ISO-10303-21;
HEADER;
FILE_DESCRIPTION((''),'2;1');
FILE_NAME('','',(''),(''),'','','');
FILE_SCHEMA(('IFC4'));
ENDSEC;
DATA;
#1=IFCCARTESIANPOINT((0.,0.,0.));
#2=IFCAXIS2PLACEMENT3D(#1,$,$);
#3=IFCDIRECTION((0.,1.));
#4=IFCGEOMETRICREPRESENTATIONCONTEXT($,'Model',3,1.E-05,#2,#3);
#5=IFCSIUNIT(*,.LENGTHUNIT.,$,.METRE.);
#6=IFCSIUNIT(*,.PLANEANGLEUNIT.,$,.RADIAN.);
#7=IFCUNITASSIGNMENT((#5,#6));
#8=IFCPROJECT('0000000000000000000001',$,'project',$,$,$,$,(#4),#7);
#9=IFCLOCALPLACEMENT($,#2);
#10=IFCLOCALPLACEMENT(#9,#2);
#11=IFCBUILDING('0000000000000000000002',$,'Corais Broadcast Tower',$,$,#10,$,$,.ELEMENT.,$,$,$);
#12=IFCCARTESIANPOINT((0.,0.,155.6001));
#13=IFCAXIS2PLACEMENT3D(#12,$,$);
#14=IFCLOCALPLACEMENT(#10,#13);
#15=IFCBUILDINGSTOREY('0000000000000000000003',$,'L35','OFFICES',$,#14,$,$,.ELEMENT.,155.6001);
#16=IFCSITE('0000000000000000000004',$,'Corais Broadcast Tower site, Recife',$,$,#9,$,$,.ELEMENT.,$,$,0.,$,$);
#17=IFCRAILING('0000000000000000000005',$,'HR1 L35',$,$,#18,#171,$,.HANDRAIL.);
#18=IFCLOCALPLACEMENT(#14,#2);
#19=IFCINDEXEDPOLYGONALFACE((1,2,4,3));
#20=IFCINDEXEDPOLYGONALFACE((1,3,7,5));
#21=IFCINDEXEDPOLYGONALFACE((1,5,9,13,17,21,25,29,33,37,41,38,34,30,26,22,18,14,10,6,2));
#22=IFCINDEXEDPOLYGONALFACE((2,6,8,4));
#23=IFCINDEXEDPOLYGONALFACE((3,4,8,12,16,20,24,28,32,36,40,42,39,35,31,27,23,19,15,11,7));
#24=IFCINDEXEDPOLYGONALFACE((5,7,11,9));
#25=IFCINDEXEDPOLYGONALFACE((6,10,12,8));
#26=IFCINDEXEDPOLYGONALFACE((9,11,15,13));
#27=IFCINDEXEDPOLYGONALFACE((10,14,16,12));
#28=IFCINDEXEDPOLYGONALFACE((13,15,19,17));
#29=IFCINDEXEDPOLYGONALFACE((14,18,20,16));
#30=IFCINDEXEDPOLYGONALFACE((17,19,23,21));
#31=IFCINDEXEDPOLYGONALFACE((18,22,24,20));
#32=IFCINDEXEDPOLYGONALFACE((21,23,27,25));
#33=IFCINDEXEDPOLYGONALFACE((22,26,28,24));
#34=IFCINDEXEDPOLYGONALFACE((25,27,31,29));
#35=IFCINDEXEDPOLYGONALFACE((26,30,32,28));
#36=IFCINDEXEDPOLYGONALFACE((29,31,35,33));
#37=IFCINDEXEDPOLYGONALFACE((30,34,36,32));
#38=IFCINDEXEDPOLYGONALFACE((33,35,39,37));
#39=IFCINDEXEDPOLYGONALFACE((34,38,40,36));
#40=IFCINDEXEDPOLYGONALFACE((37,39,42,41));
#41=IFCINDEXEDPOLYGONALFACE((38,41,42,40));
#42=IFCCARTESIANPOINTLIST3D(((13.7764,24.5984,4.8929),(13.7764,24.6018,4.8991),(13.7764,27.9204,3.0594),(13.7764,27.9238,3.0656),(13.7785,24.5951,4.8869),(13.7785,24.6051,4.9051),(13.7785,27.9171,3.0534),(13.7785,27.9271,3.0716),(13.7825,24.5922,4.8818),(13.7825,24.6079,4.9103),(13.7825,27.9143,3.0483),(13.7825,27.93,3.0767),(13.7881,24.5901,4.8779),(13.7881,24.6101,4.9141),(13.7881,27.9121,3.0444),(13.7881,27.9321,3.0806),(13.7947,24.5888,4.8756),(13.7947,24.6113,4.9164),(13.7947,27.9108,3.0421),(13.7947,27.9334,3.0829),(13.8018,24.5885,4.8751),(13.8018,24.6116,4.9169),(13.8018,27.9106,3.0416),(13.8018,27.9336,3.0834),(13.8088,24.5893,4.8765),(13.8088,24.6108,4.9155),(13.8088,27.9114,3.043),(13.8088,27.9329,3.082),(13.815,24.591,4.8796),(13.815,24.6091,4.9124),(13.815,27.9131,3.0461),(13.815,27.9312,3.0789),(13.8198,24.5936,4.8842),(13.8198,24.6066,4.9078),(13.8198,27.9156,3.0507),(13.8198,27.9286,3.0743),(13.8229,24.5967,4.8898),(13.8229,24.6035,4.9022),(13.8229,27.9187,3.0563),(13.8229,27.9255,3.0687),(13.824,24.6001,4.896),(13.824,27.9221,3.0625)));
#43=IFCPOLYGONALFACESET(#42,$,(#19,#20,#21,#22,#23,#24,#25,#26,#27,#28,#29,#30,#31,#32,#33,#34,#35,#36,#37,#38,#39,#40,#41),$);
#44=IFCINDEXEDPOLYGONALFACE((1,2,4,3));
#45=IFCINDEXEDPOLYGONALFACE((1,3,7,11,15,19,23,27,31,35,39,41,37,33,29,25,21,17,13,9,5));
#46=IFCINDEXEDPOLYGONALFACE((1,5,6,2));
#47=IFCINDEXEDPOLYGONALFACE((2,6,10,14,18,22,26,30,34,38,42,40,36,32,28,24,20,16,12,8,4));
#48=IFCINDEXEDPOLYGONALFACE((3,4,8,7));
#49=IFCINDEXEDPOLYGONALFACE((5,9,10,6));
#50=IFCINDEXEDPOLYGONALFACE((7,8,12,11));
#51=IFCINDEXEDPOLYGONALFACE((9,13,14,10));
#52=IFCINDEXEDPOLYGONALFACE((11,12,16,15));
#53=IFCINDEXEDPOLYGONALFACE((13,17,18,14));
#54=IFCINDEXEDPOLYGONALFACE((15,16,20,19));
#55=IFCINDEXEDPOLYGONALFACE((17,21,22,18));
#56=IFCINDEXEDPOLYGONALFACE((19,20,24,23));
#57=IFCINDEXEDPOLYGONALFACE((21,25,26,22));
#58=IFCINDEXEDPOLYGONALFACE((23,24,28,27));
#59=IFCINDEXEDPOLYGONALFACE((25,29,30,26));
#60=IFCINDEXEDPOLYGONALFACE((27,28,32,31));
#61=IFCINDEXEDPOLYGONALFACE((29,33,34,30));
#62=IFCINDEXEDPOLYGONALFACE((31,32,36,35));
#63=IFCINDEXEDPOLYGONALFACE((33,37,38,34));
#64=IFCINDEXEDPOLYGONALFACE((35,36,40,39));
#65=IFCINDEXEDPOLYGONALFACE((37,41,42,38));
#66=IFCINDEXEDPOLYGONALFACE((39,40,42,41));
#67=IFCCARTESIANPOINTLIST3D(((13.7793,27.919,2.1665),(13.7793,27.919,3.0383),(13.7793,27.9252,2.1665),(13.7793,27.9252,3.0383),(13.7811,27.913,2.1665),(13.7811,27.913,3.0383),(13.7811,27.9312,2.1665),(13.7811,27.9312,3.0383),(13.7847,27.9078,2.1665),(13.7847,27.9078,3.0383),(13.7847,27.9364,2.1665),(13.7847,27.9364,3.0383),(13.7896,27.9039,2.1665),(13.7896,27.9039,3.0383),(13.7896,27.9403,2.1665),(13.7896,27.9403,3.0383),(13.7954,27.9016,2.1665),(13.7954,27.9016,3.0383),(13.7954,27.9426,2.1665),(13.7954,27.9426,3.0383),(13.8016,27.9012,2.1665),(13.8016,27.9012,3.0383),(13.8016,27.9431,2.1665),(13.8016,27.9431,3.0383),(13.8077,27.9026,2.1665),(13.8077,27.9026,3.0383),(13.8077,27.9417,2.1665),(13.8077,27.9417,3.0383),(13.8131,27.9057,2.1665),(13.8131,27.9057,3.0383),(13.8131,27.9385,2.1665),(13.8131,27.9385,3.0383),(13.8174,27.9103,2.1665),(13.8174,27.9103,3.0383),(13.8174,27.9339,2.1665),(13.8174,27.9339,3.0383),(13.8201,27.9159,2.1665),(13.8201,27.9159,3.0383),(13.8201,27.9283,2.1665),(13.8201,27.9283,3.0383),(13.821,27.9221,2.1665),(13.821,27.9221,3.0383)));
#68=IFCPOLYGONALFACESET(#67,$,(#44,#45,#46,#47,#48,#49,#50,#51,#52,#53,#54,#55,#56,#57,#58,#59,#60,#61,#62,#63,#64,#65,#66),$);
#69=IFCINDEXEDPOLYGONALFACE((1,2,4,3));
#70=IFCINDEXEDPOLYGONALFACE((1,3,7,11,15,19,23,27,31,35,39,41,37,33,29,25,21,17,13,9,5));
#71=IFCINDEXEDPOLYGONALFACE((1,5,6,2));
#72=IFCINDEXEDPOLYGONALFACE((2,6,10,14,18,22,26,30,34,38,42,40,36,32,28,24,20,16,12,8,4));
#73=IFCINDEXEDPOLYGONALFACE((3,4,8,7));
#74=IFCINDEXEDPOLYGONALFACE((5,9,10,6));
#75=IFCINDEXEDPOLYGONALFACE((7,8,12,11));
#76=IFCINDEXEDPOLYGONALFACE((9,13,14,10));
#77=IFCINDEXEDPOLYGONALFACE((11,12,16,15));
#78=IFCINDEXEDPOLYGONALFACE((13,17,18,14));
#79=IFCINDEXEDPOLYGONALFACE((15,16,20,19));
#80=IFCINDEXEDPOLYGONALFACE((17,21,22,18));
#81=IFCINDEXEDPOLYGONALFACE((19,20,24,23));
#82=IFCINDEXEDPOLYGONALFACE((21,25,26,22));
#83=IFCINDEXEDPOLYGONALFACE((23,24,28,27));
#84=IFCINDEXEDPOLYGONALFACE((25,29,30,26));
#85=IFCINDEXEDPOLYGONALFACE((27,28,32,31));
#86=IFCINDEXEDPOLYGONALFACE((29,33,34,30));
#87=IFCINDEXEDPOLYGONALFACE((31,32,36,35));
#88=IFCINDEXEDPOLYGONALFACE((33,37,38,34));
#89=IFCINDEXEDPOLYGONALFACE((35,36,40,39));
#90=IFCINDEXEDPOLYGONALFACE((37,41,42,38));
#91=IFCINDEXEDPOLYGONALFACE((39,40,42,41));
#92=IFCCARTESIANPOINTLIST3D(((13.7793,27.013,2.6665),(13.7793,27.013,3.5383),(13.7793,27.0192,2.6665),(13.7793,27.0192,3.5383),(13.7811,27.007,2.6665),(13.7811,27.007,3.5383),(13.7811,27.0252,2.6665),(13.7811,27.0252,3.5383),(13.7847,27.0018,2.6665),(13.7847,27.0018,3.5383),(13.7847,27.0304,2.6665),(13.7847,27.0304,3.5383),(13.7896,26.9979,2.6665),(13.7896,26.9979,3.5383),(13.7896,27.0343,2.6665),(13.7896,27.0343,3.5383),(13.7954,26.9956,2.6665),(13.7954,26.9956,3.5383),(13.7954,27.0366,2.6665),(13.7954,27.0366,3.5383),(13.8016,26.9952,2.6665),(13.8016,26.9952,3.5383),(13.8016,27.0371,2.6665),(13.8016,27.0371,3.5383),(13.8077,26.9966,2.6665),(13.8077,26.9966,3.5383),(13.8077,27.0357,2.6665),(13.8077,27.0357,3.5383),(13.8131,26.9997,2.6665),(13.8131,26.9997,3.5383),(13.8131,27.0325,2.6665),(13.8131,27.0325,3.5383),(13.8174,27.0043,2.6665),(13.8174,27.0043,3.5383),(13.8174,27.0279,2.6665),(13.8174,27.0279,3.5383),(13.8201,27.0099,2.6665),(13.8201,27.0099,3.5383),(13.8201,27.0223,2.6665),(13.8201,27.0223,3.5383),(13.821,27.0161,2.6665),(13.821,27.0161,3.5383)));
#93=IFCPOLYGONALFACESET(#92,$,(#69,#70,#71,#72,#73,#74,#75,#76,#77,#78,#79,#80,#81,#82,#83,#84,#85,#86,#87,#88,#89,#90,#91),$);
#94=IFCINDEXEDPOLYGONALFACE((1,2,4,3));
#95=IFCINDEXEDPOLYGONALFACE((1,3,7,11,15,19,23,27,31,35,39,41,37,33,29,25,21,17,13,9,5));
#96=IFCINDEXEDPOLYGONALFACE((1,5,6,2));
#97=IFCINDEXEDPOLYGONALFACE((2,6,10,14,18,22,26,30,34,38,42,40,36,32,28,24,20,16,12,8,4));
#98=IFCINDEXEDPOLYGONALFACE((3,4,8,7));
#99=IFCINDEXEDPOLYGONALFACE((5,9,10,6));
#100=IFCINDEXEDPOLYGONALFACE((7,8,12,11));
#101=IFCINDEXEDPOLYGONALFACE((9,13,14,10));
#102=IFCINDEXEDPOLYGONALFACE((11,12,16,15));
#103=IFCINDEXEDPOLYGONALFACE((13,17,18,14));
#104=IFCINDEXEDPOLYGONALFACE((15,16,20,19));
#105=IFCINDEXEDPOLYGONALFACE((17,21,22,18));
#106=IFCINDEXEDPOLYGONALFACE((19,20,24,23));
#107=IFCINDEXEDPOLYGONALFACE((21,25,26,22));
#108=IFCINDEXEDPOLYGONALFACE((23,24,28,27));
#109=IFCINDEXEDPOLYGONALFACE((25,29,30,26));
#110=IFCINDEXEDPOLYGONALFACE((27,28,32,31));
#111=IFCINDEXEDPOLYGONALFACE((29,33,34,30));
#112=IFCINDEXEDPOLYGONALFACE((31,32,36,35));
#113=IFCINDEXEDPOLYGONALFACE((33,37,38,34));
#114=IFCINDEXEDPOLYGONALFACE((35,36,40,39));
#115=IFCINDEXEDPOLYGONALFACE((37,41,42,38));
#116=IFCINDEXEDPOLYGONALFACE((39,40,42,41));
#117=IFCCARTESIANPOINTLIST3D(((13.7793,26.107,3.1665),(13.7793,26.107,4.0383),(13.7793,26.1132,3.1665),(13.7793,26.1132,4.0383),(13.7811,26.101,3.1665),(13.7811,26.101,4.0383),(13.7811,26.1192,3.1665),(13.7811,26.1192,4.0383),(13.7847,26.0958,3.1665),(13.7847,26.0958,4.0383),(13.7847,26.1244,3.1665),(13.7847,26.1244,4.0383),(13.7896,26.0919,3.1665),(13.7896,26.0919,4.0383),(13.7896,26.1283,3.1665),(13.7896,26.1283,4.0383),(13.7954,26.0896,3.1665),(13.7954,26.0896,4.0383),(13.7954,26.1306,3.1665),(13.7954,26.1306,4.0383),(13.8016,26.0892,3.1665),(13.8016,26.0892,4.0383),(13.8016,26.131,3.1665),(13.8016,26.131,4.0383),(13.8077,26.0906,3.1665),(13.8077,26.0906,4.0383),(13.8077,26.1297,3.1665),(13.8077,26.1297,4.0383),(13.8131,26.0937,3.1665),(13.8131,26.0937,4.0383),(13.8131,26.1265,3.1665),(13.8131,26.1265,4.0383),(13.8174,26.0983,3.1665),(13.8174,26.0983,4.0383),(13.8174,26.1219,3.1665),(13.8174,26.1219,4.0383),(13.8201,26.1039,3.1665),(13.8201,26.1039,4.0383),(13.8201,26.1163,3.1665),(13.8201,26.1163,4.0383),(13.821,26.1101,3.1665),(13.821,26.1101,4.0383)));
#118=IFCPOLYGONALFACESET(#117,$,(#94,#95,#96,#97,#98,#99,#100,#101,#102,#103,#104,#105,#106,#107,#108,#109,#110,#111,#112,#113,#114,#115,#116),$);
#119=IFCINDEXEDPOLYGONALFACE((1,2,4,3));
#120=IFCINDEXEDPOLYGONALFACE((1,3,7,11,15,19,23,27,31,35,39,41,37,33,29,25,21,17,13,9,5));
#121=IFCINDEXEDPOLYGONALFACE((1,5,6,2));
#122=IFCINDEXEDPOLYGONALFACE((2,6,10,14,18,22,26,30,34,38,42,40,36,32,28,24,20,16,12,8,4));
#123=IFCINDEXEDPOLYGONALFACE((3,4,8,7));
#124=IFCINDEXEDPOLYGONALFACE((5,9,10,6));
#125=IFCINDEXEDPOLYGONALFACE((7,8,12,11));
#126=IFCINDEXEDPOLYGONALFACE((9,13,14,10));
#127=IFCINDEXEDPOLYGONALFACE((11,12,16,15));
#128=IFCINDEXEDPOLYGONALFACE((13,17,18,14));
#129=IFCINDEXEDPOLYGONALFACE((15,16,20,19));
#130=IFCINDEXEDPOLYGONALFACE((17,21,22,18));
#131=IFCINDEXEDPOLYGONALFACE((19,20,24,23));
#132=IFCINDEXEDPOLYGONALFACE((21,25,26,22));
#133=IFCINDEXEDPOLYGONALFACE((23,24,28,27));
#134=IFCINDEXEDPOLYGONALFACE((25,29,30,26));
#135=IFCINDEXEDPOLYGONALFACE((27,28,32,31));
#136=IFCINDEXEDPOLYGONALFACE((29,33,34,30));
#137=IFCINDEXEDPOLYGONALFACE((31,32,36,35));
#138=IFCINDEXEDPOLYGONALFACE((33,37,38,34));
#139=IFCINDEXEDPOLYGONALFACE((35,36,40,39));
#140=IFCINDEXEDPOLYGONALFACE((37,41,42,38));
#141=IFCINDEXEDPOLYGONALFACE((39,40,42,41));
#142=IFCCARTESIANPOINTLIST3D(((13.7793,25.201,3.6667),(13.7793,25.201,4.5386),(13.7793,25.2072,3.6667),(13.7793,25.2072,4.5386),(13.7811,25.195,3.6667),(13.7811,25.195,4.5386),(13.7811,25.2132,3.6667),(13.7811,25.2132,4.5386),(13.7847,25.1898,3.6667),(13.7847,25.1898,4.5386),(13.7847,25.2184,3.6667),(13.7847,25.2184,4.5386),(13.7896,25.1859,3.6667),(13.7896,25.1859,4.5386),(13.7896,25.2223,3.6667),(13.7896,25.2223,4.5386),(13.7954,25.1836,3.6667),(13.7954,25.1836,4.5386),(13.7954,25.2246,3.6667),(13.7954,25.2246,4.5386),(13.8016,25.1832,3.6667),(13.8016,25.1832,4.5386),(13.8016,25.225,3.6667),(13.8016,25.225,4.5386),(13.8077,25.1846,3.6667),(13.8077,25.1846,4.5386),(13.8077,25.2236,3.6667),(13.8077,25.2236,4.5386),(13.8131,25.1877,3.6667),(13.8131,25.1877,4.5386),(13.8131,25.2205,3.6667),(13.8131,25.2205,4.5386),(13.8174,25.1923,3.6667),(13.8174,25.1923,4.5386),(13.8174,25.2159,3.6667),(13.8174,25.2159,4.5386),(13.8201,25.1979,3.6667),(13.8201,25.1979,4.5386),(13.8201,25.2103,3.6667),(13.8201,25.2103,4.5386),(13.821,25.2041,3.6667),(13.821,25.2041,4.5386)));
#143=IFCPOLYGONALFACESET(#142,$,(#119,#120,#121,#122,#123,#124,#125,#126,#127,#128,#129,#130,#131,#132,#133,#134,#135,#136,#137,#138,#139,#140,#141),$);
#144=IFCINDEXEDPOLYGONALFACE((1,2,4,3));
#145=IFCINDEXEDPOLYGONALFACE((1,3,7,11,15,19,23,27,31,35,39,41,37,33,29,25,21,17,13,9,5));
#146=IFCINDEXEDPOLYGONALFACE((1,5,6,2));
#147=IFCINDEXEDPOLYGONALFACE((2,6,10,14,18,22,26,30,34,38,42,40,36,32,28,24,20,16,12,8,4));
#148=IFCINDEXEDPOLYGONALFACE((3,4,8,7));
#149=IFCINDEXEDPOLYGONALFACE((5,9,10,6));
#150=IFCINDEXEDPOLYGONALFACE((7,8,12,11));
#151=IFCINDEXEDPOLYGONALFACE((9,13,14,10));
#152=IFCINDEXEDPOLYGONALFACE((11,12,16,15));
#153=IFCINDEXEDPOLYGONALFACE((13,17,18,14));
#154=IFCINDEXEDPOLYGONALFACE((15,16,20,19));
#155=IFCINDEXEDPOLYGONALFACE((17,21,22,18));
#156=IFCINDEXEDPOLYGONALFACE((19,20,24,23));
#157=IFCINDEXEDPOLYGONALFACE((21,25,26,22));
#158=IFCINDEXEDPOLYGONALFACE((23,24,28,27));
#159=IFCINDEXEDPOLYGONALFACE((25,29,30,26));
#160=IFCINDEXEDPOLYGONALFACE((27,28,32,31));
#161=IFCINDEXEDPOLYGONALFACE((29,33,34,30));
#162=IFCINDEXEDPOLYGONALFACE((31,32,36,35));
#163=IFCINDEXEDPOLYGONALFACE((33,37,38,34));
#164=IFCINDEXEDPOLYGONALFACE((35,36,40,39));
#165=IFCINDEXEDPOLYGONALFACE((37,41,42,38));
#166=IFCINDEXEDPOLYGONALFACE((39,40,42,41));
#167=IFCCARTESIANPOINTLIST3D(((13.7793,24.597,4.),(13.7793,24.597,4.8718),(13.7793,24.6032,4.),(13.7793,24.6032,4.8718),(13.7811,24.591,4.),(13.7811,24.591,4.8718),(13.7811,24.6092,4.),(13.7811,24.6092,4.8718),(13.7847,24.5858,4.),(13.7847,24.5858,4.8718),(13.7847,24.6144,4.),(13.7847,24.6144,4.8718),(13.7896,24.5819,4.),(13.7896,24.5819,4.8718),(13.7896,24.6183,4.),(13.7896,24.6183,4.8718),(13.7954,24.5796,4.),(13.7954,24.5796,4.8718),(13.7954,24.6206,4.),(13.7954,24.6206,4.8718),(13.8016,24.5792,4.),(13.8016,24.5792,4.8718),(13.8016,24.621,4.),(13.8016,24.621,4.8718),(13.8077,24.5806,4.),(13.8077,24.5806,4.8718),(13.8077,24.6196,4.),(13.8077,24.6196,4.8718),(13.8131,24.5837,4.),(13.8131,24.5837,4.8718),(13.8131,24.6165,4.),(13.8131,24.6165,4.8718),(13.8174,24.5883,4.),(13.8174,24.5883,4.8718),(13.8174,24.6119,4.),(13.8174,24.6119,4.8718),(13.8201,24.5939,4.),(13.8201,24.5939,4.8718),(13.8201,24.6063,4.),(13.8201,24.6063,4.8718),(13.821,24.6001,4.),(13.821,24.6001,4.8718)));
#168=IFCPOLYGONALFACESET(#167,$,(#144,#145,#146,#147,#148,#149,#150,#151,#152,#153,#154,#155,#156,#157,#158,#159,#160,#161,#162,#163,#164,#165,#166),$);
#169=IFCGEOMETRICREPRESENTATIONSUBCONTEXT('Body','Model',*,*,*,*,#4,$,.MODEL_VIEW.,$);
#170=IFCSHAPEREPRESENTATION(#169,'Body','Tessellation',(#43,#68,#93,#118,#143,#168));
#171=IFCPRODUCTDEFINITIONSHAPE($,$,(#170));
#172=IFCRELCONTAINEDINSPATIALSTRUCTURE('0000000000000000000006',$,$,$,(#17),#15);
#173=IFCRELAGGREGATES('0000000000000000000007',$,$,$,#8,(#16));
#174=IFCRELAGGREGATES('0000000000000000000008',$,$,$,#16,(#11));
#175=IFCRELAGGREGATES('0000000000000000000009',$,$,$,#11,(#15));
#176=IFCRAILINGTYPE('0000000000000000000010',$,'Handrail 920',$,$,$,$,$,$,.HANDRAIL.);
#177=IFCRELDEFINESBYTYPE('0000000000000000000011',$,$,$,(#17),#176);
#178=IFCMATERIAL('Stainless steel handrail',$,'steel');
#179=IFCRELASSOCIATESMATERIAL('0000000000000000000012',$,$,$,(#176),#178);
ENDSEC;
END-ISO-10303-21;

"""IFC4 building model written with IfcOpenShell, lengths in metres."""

from ifc_helpers import new_model, si_unit, direction, frame, origin, origin_2d, place, context, subcontext, project, spatial, circle, extrude, material, type_object, element, save


model = new_model("IFC4")

# Units and contexts
model_context = context("Model", 3, precision=1e-05, world=origin(), true_north=direction((0.0, 1.0)))
body_context = subcontext(model_context, "Body", "Model", "MODEL_VIEW")
ifc_project = project(units=[si_unit("LENGTHUNIT", "METRE"), si_unit("PLANEANGLEUNIT", "RADIAN")], contexts=[model_context])

# Site, building, storey
site_placement = place(None, origin())
site = spatial("IfcSite", under=ifc_project, at=site_placement, Name="Corais Broadcast Tower site, Recife", CompositionType="ELEMENT", RefElevation=0.0)
building_placement = place(site_placement, origin())
building = spatial("IfcBuilding", under=site, at=building_placement, Name="Corais Broadcast Tower", CompositionType="ELEMENT")
storey_placement = place(building_placement, frame((0.0, 0.0, 155.6001)))
storey = spatial("IfcBuildingStorey", under=building, at=storey_placement, Name="L35", Description="OFFICES", CompositionType="ELEMENT", Elevation=155.6001)

# Railing
ifc_material_1 = material(Name="Stainless steel handrail", Category="steel")
railing_type = type_object("IfcRailingType", Name="Handrail 920", PredefinedType="HANDRAIL", material=ifc_material_1)
for number, where, name in (
    (1, (13.8, 27.9221, 2.1665), "HR1 L35"),
):
    element("IfcRailing", number, at=place(storey_placement, frame(where)), inside=storey, type_object=railing_type, Name=name, PredefinedType="HANDRAIL", context=body_context, shape_type="SweptSolid", body=[
        extrude(circle(Radius=0.0239, at=origin_2d()), frame((0.0, 0.0, 0.896), z_axis=(0.0, -0.875504, 0.48321), x_axis=(1.0, 0.0, 0.0)), (0.0, 0.0, 1.0), 3.7944),
        extrude(circle(Radius=0.021, at=origin_2d()), origin(), (0.0, 0.0, 1.0), 0.8718),
        extrude(circle(Radius=0.021, at=origin_2d()), frame((0.0, -0.906, 0.5)), (0.0, 0.0, 1.0), 0.8718),
        extrude(circle(Radius=0.021, at=origin_2d()), frame((0.0, -1.812, 1.0)), (0.0, 0.0, 1.0), 0.8718),
        extrude(circle(Radius=0.021, at=origin_2d()), frame((0.0, -2.718, 1.5002)), (0.0, 0.0, 1.0), 0.8718),
        extrude(circle(Radius=0.021, at=origin_2d()), frame((0.0, -3.322, 1.8335)), (0.0, 0.0, 1.0), 0.8718),
    ])

save(model, "model.ifc")
